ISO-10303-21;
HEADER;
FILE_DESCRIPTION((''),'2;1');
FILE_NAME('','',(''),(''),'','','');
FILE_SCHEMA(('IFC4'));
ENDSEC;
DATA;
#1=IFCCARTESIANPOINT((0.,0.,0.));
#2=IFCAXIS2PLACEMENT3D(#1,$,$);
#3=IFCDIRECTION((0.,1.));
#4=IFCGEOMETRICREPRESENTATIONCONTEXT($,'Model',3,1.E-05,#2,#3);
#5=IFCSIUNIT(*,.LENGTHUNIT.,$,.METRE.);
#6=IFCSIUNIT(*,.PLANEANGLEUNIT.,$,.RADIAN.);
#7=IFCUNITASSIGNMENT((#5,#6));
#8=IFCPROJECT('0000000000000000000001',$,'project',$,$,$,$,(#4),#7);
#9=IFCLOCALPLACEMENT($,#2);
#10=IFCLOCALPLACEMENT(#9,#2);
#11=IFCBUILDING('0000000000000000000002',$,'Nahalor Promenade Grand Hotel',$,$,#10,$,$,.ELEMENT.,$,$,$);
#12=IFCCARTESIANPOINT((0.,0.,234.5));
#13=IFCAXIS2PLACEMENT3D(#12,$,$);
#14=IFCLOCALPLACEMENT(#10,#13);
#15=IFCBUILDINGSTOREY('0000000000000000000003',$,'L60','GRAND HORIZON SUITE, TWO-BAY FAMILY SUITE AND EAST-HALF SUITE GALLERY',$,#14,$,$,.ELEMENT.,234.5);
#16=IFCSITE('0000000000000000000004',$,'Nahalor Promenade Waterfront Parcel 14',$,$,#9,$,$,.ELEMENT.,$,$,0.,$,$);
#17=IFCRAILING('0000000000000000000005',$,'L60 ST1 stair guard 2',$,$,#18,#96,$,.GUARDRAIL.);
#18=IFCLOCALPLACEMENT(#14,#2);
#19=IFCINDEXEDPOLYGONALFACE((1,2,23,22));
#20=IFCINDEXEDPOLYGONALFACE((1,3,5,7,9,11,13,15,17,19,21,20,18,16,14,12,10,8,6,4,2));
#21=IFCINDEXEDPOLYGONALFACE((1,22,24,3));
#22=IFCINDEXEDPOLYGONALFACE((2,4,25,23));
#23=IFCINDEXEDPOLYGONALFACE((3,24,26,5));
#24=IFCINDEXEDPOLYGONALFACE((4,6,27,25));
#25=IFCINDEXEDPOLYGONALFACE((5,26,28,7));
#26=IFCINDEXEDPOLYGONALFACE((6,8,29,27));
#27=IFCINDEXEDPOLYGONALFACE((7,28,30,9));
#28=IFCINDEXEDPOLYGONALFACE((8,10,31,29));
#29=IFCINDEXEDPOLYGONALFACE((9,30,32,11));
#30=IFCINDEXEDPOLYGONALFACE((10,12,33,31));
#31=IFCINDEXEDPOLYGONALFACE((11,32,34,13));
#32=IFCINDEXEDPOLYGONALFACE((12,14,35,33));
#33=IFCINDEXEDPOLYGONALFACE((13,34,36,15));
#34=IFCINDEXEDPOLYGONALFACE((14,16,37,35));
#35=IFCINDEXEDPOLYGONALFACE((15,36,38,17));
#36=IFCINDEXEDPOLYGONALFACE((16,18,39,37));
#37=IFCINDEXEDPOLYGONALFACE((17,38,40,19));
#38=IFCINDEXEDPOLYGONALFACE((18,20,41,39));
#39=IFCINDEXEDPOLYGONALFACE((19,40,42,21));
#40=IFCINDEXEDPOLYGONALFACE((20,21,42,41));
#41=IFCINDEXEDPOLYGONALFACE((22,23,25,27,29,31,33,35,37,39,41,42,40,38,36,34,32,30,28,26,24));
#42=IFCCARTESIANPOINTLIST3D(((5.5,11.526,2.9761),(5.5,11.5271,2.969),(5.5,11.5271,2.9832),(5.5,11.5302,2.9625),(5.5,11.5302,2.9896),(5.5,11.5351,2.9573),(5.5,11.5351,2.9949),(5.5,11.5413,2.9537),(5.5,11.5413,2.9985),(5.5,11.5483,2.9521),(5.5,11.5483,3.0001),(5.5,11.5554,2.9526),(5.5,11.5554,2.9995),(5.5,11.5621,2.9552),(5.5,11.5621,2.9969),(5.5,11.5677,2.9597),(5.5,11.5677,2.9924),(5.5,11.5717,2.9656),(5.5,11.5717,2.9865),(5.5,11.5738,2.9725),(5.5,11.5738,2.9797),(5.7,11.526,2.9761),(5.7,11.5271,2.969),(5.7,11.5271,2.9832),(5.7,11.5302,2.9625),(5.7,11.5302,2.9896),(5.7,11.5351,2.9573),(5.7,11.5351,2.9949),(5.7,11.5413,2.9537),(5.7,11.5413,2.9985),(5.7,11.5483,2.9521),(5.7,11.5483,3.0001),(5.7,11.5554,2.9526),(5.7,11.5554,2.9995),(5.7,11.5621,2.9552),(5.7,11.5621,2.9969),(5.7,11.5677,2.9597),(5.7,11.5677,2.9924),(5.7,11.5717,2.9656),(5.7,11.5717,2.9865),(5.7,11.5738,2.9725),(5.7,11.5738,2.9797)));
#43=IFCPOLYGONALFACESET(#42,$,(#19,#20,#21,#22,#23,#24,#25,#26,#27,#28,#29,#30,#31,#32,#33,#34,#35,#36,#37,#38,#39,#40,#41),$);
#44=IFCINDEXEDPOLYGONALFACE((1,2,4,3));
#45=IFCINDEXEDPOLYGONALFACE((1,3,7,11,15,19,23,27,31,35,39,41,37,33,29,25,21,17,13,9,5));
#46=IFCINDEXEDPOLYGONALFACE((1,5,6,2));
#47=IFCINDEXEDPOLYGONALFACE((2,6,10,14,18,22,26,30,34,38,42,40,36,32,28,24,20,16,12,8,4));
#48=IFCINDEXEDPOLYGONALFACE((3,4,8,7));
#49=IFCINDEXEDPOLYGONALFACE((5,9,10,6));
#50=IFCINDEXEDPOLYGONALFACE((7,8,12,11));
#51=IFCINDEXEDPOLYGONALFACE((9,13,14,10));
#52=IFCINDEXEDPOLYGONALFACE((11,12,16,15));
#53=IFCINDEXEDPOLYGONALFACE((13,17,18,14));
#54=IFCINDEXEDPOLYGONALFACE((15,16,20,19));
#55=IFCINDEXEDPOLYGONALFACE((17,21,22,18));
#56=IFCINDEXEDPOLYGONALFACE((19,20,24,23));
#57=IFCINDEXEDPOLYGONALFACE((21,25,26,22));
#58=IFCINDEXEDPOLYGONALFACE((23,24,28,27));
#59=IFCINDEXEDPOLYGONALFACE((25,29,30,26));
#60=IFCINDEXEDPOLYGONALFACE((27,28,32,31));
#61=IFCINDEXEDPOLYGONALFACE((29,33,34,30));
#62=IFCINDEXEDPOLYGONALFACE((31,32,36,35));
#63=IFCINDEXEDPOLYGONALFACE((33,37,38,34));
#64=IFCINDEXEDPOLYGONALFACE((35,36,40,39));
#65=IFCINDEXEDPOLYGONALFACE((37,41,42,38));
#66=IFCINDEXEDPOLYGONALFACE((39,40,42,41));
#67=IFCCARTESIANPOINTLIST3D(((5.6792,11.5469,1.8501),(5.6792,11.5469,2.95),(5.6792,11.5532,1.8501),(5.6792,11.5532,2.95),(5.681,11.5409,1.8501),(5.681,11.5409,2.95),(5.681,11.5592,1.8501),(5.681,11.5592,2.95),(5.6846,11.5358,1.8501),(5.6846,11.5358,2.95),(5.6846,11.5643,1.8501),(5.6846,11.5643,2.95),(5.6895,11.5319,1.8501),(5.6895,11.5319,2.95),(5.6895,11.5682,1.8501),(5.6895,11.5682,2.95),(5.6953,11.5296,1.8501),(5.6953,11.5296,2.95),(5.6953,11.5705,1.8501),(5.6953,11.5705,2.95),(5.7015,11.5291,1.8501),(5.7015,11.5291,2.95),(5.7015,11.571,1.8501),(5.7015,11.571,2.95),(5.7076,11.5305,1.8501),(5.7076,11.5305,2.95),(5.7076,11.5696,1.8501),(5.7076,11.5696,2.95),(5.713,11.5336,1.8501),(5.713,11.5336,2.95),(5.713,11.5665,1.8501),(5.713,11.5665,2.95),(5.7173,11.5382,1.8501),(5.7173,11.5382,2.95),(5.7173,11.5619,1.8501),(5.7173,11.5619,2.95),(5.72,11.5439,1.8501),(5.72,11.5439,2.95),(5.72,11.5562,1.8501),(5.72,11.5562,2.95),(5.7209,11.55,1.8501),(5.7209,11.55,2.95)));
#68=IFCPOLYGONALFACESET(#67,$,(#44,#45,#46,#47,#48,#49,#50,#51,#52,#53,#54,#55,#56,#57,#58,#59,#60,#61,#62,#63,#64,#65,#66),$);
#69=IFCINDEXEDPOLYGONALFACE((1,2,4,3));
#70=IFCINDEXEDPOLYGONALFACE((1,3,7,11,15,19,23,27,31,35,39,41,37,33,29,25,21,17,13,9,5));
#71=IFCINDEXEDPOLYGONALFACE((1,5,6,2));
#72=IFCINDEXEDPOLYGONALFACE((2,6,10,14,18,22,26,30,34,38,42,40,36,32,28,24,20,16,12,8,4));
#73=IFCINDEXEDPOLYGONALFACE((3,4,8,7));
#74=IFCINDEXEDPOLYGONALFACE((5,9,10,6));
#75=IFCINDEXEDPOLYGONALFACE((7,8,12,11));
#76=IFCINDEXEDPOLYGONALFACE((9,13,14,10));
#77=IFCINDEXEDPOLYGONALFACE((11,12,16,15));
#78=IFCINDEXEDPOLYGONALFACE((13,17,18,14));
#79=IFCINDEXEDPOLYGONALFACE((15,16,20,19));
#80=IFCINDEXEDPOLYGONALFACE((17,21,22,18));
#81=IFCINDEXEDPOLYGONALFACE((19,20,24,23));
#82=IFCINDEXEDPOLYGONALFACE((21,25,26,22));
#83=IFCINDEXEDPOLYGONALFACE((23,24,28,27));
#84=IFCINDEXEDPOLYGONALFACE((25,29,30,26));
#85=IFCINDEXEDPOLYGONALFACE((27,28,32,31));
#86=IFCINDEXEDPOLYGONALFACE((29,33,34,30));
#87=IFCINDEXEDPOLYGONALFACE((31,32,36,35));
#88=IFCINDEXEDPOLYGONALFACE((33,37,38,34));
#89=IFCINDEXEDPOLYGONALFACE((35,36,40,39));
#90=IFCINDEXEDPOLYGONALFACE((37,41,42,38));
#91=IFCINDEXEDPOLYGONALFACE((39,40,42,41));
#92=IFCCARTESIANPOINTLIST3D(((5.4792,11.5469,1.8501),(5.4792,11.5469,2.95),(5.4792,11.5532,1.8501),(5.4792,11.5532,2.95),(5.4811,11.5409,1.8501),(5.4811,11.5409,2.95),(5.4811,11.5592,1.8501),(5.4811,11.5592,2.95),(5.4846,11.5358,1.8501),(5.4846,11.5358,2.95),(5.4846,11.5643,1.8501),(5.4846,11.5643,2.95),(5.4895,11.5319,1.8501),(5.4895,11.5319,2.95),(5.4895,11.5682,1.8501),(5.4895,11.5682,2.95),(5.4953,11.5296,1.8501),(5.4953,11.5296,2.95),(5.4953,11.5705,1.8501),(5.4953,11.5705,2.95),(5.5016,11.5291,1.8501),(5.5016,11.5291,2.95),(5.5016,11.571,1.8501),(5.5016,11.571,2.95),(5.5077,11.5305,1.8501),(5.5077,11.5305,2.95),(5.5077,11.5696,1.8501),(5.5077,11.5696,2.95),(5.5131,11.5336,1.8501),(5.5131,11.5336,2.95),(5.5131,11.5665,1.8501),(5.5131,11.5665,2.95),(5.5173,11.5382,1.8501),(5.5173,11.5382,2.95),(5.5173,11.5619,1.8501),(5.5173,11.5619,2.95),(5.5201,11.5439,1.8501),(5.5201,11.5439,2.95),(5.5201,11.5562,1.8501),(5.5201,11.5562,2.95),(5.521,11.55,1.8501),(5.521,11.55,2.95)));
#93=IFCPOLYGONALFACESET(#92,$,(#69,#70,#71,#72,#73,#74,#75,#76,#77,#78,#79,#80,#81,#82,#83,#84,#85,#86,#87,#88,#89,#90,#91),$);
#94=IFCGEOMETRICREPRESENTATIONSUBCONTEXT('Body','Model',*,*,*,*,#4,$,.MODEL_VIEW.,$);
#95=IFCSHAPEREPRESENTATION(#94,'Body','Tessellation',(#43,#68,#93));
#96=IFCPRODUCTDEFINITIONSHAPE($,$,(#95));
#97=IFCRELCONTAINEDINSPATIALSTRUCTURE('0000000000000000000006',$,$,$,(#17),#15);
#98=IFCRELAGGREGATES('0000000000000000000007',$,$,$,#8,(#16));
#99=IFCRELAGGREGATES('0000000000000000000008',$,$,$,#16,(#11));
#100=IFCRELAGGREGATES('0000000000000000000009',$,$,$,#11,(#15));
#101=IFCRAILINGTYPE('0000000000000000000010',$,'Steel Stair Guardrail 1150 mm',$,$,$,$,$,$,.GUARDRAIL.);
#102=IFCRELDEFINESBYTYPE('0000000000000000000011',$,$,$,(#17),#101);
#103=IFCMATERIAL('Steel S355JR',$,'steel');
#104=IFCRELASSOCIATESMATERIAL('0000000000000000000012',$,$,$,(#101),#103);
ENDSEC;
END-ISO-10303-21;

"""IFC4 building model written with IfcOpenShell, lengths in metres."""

from ifc_helpers import new_model, si_unit, direction, frame, origin, origin_2d, place, context, subcontext, project, spatial, circle, extrude, material, type_object, element, save


model = new_model("IFC4")

# Units and contexts
model_context = context("Model", 3, precision=1e-05, world=origin(), true_north=direction((0.0, 1.0)))
body_context = subcontext(model_context, "Body", "Model", "MODEL_VIEW")
ifc_project = project(units=[si_unit("LENGTHUNIT", "METRE"), si_unit("PLANEANGLEUNIT", "RADIAN")], contexts=[model_context])

# Site, building, storey
site_placement = place(None, origin())
site = spatial("IfcSite", under=ifc_project, at=site_placement, Name="Nahalor Promenade Waterfront Parcel 14", CompositionType="ELEMENT", RefElevation=0.0)
building_placement = place(site_placement, origin())
building = spatial("IfcBuilding", under=site, at=building_placement, Name="Nahalor Promenade Grand Hotel", CompositionType="ELEMENT")
storey_placement = place(building_placement, frame((0.0, 0.0, 234.5)))
storey = spatial("IfcBuildingStorey", under=building, at=storey_placement, Name="L60", Description="GRAND HORIZON SUITE, TWO-BAY FAMILY SUITE AND EAST-HALF SUITE GALLERY", CompositionType="ELEMENT", Elevation=234.5)

# Shared definitions
ifc_material_1 = material(Name="Steel S355JR", Category="steel")

# Railing
railing_type = type_object("IfcRailingType", Name="Steel Stair Guardrail 1150 mm", PredefinedType="GUARDRAIL", material=ifc_material_1)
railing_1_placement = place(storey_placement, frame((5.7, 11.55, 1.8501)))
element("IfcRailing", 1, at=railing_1_placement, inside=storey, type_object=railing_type, Name="L60 ST1 stair guard 2", PredefinedType="GUARDRAIL", context=body_context, shape_type="SweptSolid", body=[
    extrude(circle(Radius=0.024, at=origin_2d()), frame((0.0, 0.0, 1.126), z_axis=(-1.0, 0.0, 0.0), x_axis=(0.0, -1.0, 0.0)), (0.0, 0.0, 1.0), 0.2),
    extrude(circle(Radius=0.021, at=origin_2d()), origin(), (0.0, 0.0, 1.0), 1.0999),
    extrude(circle(Radius=0.021, at=origin_2d()), frame((-0.2, 0.0, 0.0)), (0.0, 0.0, 1.0), 1.0999),
])

save(model, "model.ifc")
